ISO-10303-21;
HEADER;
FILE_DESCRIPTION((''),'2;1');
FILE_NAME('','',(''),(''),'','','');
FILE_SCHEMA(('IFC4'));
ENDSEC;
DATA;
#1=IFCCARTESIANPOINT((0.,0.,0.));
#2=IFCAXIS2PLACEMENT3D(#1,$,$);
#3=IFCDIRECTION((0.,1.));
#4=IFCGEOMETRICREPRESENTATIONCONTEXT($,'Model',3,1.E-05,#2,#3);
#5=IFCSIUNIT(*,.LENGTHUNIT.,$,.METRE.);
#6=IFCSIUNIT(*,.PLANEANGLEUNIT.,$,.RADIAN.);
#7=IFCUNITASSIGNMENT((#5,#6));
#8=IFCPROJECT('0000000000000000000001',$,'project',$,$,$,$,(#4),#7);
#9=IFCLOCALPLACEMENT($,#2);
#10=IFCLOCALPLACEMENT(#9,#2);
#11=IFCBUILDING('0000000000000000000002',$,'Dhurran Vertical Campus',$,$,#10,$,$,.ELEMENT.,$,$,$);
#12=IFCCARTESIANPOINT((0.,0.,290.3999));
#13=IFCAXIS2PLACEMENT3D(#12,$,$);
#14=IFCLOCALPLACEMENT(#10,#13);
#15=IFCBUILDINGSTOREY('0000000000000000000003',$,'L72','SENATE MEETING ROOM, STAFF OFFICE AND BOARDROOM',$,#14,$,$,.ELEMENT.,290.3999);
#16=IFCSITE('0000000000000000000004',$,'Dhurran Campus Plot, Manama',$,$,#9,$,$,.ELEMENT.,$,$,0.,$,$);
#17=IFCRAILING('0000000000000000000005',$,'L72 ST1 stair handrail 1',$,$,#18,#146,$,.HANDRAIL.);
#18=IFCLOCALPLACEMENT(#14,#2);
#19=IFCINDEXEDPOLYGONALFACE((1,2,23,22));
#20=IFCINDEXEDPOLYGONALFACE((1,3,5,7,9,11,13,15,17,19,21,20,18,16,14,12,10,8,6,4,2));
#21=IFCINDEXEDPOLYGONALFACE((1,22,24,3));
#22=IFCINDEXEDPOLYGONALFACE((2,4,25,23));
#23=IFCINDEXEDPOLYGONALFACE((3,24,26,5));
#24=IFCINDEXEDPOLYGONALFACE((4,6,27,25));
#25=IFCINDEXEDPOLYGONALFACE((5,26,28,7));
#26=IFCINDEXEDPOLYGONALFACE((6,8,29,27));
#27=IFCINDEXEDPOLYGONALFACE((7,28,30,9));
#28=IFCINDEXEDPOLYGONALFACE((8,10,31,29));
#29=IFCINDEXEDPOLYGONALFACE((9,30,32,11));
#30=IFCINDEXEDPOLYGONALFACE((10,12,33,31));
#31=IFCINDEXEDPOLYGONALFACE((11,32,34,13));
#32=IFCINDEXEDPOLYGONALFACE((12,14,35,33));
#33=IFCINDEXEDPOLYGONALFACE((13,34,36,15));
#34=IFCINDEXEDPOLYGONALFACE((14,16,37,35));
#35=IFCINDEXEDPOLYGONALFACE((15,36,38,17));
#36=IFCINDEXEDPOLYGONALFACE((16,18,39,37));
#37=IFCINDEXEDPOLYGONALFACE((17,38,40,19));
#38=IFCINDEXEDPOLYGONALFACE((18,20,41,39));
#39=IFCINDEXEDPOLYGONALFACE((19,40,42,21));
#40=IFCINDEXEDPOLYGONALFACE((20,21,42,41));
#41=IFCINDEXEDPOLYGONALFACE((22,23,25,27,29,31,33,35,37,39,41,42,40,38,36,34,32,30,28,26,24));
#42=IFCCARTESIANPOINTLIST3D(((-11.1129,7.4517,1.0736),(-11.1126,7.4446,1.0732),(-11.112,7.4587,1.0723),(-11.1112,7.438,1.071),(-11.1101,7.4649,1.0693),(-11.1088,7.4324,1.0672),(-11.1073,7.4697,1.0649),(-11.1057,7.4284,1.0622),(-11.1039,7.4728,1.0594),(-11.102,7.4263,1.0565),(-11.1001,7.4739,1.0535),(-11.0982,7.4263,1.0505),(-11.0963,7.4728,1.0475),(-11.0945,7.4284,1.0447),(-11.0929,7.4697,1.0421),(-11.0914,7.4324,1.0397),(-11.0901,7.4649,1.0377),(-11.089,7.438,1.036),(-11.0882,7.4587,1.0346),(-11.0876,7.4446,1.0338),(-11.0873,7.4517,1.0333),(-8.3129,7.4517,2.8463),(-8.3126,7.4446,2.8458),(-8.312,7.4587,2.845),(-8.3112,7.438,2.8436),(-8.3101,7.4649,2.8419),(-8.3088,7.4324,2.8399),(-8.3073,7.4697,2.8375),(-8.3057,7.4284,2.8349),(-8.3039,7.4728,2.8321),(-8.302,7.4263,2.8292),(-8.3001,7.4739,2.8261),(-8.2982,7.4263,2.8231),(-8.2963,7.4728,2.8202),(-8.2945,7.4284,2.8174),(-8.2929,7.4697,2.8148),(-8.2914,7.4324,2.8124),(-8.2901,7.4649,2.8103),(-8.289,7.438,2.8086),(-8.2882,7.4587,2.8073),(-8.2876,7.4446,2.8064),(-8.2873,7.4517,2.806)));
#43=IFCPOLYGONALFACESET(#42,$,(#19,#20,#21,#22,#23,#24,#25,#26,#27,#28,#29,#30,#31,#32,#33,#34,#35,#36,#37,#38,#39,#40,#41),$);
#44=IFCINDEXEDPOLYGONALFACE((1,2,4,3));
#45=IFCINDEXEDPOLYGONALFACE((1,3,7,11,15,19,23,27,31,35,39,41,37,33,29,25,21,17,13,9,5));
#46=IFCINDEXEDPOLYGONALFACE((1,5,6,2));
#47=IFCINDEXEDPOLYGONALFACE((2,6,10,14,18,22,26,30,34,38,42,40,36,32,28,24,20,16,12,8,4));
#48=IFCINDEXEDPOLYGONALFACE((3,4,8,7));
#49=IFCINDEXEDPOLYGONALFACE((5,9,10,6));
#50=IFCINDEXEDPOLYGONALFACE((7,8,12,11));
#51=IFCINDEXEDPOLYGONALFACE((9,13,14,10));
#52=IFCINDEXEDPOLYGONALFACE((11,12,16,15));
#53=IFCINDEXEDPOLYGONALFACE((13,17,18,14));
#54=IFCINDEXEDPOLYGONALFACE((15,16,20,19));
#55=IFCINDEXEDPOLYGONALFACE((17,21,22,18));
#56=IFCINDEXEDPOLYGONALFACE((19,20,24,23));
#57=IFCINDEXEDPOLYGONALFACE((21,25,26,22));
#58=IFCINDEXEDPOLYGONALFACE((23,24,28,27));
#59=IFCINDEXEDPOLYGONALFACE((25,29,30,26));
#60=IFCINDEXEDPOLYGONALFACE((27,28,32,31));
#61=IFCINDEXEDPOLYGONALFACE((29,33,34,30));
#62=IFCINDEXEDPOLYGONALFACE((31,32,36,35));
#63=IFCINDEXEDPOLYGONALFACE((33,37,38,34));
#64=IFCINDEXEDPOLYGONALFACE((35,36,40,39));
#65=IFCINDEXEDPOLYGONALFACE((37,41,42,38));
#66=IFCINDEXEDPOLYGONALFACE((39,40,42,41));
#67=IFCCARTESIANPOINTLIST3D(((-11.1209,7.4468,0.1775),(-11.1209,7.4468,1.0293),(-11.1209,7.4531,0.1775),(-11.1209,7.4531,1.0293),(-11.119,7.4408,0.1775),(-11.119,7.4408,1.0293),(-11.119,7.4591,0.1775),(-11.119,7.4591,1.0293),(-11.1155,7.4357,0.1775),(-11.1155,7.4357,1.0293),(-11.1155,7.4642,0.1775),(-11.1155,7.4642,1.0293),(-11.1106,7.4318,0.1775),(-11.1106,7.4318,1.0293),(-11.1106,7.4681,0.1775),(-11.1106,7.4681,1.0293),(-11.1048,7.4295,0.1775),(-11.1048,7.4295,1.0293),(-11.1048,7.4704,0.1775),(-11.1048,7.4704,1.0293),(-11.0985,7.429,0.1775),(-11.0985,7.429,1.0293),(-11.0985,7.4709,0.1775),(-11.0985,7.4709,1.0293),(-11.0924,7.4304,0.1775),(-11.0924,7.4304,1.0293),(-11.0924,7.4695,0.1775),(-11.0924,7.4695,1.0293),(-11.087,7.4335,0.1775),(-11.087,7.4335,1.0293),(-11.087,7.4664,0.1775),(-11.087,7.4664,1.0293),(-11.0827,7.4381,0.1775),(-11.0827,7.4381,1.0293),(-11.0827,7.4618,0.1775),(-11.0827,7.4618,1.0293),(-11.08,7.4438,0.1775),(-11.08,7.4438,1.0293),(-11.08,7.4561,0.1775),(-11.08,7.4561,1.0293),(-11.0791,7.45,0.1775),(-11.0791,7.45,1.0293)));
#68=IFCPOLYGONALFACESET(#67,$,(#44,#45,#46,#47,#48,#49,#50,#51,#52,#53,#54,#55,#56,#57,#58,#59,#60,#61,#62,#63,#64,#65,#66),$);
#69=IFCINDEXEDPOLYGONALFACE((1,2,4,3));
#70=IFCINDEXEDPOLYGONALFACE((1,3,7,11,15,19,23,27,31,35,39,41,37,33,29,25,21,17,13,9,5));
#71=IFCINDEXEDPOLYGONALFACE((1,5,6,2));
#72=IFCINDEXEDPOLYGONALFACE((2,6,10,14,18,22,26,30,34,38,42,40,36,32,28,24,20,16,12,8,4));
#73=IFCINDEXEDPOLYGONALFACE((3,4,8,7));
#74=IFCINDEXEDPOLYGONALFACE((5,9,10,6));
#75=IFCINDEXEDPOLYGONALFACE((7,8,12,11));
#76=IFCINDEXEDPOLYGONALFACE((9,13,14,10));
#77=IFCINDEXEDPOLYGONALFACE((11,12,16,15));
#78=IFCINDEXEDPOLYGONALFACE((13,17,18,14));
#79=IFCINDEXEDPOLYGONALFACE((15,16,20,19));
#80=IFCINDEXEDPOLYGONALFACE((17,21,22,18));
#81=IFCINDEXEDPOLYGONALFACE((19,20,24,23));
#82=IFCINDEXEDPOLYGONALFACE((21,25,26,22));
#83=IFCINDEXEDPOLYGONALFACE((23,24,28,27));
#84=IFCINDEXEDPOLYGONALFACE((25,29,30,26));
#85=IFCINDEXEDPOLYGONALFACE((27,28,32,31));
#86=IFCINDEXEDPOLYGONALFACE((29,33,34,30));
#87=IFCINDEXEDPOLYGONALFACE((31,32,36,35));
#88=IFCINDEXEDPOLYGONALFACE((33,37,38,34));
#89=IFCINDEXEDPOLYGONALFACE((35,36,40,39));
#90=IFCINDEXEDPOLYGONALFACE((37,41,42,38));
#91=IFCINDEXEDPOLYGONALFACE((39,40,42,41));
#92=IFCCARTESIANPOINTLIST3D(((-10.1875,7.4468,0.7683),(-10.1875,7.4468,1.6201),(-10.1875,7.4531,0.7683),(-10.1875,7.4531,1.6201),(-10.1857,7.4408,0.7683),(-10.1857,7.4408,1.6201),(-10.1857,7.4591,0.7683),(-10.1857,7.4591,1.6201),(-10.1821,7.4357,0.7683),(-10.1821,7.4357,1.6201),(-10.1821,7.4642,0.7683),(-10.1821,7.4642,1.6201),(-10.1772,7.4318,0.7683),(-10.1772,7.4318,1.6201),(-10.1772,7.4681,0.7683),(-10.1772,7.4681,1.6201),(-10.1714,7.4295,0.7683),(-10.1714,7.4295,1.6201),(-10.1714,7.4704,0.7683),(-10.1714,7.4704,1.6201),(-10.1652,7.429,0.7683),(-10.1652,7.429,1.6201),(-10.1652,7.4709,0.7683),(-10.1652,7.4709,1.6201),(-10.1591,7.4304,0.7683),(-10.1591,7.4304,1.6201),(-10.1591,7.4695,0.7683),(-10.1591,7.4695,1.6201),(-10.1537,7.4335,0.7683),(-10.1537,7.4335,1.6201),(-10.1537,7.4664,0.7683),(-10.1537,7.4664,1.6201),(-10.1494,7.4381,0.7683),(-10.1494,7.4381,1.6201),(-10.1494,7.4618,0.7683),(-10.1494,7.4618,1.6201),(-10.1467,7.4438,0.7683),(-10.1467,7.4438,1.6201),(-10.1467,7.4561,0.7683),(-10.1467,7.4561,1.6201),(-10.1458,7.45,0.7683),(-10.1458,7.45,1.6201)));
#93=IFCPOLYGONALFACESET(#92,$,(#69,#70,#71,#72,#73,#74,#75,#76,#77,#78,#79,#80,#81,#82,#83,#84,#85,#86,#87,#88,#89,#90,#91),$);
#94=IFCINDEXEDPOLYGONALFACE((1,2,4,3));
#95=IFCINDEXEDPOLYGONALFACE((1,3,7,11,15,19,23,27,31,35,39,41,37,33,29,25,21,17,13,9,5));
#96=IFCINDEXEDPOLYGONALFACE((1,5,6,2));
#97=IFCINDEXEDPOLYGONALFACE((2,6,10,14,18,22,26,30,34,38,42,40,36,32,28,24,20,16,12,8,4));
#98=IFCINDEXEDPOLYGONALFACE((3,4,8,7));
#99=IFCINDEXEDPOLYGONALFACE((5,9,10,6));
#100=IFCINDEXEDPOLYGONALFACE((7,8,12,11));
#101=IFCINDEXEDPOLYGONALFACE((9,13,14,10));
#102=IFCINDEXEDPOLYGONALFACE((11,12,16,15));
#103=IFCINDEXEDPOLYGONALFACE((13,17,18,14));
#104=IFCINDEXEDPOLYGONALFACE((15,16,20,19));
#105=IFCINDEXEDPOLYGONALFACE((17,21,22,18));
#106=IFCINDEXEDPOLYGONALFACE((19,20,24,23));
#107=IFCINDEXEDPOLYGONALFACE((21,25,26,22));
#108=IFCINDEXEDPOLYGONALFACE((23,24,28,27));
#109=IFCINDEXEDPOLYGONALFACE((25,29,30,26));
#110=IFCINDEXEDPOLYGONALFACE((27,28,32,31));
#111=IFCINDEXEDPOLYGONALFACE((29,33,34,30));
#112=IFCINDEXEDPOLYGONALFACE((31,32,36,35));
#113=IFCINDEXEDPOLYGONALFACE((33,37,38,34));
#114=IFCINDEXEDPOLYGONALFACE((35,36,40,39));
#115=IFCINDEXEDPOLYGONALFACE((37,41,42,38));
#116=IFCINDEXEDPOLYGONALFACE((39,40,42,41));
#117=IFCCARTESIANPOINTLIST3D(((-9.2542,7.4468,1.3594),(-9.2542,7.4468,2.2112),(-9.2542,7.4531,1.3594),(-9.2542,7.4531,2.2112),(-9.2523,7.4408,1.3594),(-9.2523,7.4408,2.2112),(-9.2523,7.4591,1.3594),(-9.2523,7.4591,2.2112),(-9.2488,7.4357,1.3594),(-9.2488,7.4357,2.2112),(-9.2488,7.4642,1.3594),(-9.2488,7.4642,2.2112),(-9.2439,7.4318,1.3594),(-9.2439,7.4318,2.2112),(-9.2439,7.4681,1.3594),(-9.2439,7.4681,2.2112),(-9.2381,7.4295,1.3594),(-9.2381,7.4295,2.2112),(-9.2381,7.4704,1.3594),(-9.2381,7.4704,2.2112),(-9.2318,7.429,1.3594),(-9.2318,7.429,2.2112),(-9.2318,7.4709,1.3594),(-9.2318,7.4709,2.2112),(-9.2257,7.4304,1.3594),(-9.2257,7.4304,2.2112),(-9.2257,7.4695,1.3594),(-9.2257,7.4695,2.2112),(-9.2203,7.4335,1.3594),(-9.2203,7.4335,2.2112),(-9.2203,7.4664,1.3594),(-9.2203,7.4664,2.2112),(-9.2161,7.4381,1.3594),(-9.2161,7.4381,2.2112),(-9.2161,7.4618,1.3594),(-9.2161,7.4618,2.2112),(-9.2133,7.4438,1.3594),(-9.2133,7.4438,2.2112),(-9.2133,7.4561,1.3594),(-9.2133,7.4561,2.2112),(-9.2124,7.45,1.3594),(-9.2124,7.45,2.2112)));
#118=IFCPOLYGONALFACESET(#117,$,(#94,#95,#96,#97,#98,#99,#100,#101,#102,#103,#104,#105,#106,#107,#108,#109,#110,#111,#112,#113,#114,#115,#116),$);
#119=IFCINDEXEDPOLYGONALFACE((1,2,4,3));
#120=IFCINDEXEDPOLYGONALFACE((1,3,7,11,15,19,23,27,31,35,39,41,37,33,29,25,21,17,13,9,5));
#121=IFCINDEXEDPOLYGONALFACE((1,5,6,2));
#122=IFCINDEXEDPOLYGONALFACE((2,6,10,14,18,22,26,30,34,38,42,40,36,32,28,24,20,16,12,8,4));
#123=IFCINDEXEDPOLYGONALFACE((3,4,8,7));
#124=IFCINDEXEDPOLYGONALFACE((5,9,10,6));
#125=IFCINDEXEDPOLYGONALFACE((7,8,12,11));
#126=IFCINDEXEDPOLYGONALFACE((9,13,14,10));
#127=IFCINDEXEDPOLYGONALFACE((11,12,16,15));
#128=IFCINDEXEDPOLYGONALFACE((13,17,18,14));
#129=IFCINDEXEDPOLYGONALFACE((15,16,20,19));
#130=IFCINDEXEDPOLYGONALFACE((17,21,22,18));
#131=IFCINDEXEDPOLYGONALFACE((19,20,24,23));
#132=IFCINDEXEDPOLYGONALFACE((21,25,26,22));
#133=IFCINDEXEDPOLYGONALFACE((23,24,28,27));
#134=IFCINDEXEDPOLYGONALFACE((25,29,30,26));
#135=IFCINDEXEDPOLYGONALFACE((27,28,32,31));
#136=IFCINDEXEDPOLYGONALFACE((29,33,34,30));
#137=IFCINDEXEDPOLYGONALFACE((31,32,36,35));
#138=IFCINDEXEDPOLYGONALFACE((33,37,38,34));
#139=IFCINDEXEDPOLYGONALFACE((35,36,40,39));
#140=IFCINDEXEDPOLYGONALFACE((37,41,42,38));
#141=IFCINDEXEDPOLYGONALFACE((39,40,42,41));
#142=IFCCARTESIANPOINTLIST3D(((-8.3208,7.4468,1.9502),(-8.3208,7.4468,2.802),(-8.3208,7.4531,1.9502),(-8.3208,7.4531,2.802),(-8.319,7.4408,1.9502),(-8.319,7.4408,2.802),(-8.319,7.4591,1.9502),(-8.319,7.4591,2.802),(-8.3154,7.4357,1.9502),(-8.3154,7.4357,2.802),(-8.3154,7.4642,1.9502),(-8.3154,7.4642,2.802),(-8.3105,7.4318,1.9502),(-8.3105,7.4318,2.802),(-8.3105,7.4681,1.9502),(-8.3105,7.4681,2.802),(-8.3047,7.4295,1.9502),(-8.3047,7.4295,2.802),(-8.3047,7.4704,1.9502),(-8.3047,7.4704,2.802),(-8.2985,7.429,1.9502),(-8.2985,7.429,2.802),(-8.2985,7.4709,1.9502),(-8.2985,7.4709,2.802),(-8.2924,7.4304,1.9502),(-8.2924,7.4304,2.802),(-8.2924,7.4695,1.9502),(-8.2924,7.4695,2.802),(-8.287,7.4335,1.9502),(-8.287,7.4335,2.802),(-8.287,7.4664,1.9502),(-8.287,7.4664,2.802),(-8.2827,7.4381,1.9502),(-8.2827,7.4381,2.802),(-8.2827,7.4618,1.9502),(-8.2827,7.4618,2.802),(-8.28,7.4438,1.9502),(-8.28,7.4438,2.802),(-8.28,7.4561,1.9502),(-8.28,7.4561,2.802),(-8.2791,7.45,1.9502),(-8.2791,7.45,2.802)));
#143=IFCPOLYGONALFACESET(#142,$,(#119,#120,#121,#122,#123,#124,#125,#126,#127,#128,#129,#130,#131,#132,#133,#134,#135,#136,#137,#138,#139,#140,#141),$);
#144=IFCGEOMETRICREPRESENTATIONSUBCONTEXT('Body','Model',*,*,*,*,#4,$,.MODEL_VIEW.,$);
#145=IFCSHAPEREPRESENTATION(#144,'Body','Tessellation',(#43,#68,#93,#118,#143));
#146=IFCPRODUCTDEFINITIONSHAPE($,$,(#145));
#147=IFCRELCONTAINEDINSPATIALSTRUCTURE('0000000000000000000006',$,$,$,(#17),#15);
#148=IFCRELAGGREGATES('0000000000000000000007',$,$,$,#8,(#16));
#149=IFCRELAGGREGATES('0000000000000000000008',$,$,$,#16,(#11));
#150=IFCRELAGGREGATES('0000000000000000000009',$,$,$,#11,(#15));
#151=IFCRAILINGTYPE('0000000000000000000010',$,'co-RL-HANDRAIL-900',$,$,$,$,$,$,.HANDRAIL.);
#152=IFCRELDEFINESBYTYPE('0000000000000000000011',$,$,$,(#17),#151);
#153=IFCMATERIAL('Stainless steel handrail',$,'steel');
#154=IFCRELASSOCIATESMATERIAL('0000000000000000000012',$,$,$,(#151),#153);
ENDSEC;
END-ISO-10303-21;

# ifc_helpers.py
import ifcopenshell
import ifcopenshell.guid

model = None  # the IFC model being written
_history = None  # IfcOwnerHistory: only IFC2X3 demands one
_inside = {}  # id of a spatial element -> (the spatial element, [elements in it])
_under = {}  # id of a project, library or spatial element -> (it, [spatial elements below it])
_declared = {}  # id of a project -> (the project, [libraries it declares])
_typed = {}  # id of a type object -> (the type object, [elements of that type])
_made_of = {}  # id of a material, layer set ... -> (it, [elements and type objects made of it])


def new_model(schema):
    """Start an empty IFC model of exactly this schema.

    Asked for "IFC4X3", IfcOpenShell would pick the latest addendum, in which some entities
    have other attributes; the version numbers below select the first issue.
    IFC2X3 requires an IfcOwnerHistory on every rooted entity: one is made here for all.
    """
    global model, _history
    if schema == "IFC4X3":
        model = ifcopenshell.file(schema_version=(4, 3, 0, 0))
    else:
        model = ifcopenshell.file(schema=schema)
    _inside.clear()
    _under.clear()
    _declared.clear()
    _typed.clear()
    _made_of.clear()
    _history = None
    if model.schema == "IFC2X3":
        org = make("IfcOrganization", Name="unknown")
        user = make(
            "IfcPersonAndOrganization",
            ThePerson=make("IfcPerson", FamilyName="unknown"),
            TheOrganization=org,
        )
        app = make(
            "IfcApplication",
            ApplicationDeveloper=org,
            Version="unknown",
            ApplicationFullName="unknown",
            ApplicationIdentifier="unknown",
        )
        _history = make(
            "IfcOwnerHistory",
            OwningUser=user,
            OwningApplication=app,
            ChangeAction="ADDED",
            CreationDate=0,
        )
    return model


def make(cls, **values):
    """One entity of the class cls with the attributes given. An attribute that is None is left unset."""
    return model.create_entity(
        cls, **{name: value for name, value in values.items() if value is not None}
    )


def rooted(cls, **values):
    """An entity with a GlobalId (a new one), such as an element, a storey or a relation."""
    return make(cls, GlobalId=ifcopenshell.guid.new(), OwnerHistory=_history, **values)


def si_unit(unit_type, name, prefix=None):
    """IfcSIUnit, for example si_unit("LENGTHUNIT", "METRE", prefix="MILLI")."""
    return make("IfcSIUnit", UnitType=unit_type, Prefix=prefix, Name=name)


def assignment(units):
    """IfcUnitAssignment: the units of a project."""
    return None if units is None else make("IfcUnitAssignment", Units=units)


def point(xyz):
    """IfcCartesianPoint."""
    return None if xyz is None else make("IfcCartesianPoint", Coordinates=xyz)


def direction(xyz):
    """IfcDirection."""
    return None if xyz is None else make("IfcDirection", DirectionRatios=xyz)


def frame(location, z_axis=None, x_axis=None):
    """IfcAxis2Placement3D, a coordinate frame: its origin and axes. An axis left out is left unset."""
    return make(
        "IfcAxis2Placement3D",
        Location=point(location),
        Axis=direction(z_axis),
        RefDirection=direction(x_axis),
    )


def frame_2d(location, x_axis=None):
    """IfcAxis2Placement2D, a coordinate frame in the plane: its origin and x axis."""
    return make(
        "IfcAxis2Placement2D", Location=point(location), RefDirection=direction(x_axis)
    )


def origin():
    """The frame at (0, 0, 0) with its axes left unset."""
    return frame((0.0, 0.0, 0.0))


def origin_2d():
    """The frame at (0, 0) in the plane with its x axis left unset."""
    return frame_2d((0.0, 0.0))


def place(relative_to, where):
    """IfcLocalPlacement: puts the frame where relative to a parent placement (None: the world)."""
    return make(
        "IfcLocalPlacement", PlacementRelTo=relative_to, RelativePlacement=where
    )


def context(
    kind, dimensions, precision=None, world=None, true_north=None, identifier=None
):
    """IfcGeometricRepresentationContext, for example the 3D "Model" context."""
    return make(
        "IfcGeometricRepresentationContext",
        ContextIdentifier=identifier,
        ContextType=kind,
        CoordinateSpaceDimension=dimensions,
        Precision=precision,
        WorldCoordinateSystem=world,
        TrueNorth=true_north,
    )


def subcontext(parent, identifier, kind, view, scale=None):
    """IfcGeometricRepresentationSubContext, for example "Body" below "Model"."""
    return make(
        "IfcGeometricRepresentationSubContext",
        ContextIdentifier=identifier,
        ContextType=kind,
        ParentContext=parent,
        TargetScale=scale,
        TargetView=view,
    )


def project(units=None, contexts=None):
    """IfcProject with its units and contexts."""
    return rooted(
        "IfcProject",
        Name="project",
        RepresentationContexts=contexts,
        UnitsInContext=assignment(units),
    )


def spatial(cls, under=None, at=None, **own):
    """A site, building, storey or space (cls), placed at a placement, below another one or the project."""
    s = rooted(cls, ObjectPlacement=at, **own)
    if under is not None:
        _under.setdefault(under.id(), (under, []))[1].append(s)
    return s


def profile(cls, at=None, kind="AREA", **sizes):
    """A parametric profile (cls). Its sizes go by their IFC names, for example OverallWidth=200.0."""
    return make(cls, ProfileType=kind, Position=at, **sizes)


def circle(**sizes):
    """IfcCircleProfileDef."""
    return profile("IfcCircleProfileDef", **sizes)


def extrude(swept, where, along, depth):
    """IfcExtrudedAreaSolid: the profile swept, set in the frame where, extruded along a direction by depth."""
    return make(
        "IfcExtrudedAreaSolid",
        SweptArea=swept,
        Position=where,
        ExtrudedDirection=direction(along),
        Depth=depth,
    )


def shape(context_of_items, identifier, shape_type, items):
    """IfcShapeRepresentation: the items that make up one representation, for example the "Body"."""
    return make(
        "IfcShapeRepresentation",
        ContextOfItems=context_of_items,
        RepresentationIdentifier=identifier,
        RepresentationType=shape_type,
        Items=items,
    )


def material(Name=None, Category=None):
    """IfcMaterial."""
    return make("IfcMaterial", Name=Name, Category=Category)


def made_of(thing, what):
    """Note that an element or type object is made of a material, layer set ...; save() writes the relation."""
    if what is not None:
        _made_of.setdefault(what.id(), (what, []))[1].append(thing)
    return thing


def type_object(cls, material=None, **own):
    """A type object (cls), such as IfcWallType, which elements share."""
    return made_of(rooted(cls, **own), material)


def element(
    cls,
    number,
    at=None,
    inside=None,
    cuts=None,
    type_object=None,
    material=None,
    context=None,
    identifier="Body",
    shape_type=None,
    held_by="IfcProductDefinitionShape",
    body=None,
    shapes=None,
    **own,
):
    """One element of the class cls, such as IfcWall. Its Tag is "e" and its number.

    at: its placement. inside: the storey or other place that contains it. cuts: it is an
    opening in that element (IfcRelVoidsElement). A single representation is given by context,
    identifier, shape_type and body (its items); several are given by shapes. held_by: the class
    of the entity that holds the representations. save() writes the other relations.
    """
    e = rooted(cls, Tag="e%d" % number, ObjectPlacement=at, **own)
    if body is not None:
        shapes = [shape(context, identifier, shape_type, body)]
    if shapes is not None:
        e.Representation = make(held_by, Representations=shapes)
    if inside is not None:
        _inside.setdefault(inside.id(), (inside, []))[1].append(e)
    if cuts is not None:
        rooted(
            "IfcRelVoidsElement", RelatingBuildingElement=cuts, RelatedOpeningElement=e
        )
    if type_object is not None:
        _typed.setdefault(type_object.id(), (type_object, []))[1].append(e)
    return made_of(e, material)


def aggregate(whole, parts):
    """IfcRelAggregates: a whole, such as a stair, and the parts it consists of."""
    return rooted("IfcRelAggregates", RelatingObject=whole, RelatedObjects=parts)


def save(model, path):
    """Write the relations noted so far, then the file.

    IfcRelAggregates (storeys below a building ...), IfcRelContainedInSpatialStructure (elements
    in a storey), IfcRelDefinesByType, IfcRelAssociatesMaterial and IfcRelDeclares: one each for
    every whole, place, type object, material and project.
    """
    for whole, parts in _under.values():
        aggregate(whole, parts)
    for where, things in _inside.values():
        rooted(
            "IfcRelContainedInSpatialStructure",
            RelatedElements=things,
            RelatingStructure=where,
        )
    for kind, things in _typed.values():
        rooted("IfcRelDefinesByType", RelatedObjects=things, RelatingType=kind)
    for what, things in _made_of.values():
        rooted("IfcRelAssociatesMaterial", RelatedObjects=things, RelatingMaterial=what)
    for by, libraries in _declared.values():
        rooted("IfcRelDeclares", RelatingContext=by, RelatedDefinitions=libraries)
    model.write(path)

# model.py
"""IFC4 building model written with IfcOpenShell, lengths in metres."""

from ifc_helpers import new_model, si_unit, direction, frame, origin, origin_2d, place, context, subcontext, project, spatial, circle, extrude, material, type_object, element, save


model = new_model("IFC4")

# Units and contexts
model_context = context("Model", 3, precision=1e-05, world=origin(), true_north=direction((0.0, 1.0)))
body_context = subcontext(model_context, "Body", "Model", "MODEL_VIEW")
ifc_project = project(units=[si_unit("LENGTHUNIT", "METRE"), si_unit("PLANEANGLEUNIT", "RADIAN")], contexts=[model_context])

# Site, building, storey
site_placement = place(None, origin())
site = spatial("IfcSite", under=ifc_project, at=site_placement, Name="Dhurran Campus Plot, Manama", CompositionType="ELEMENT", RefElevation=0.0)
building_placement = place(site_placement, origin())
building = spatial("IfcBuilding", under=site, at=building_placement, Name="Dhurran Vertical Campus", CompositionType="ELEMENT")
storey_placement = place(building_placement, frame((0.0, 0.0, 290.3999)))
storey = spatial("IfcBuildingStorey", under=building, at=storey_placement, Name="L72", Description="SENATE MEETING ROOM, STAFF OFFICE AND BOARDROOM", CompositionType="ELEMENT", Elevation=290.3999)

# Railing
ifc_material_1 = material(Name="Stainless steel handrail", Category="steel")
railing_type_1 = type_object("IfcRailingType", Name="co-RL-HANDRAIL-900", PredefinedType="HANDRAIL", material=ifc_material_1)
railing_1_placement = place(storey_placement, frame((-11.1001, 7.45, 0.1775)))
element("IfcRailing", 1, at=railing_1_placement, inside=storey, type_object=railing_type_1, Name="L72 ST1 stair handrail 1", PredefinedType="HANDRAIL", context=body_context, shape_type="SweptSolid", body=[
    extrude(circle(Radius=0.0239, at=origin_2d()), frame((0.0, 0.0, 0.876), z_axis=(0.844909, 0.0, 0.53491), x_axis=(0.0, 1.0, 0.0)), (0.0, 0.0, 1.0), 3.314),
    extrude(circle(Radius=0.021, at=origin_2d()), origin(), (0.0, 0.0, 1.0), 0.8518),
    extrude(circle(Radius=0.021, at=origin_2d()), frame((0.9333, 0.0, 0.5908)), (0.0, 0.0, 1.0), 0.8518),
    extrude(circle(Radius=0.021, at=origin_2d()), frame((1.8667, 0.0, 1.1819)), (0.0, 0.0, 1.0), 0.8518),
    extrude(circle(Radius=0.021, at=origin_2d()), frame((2.8, 0.0, 1.7727)), (0.0, 0.0, 1.0), 0.8518),
])

save(model, "model.ifc")
